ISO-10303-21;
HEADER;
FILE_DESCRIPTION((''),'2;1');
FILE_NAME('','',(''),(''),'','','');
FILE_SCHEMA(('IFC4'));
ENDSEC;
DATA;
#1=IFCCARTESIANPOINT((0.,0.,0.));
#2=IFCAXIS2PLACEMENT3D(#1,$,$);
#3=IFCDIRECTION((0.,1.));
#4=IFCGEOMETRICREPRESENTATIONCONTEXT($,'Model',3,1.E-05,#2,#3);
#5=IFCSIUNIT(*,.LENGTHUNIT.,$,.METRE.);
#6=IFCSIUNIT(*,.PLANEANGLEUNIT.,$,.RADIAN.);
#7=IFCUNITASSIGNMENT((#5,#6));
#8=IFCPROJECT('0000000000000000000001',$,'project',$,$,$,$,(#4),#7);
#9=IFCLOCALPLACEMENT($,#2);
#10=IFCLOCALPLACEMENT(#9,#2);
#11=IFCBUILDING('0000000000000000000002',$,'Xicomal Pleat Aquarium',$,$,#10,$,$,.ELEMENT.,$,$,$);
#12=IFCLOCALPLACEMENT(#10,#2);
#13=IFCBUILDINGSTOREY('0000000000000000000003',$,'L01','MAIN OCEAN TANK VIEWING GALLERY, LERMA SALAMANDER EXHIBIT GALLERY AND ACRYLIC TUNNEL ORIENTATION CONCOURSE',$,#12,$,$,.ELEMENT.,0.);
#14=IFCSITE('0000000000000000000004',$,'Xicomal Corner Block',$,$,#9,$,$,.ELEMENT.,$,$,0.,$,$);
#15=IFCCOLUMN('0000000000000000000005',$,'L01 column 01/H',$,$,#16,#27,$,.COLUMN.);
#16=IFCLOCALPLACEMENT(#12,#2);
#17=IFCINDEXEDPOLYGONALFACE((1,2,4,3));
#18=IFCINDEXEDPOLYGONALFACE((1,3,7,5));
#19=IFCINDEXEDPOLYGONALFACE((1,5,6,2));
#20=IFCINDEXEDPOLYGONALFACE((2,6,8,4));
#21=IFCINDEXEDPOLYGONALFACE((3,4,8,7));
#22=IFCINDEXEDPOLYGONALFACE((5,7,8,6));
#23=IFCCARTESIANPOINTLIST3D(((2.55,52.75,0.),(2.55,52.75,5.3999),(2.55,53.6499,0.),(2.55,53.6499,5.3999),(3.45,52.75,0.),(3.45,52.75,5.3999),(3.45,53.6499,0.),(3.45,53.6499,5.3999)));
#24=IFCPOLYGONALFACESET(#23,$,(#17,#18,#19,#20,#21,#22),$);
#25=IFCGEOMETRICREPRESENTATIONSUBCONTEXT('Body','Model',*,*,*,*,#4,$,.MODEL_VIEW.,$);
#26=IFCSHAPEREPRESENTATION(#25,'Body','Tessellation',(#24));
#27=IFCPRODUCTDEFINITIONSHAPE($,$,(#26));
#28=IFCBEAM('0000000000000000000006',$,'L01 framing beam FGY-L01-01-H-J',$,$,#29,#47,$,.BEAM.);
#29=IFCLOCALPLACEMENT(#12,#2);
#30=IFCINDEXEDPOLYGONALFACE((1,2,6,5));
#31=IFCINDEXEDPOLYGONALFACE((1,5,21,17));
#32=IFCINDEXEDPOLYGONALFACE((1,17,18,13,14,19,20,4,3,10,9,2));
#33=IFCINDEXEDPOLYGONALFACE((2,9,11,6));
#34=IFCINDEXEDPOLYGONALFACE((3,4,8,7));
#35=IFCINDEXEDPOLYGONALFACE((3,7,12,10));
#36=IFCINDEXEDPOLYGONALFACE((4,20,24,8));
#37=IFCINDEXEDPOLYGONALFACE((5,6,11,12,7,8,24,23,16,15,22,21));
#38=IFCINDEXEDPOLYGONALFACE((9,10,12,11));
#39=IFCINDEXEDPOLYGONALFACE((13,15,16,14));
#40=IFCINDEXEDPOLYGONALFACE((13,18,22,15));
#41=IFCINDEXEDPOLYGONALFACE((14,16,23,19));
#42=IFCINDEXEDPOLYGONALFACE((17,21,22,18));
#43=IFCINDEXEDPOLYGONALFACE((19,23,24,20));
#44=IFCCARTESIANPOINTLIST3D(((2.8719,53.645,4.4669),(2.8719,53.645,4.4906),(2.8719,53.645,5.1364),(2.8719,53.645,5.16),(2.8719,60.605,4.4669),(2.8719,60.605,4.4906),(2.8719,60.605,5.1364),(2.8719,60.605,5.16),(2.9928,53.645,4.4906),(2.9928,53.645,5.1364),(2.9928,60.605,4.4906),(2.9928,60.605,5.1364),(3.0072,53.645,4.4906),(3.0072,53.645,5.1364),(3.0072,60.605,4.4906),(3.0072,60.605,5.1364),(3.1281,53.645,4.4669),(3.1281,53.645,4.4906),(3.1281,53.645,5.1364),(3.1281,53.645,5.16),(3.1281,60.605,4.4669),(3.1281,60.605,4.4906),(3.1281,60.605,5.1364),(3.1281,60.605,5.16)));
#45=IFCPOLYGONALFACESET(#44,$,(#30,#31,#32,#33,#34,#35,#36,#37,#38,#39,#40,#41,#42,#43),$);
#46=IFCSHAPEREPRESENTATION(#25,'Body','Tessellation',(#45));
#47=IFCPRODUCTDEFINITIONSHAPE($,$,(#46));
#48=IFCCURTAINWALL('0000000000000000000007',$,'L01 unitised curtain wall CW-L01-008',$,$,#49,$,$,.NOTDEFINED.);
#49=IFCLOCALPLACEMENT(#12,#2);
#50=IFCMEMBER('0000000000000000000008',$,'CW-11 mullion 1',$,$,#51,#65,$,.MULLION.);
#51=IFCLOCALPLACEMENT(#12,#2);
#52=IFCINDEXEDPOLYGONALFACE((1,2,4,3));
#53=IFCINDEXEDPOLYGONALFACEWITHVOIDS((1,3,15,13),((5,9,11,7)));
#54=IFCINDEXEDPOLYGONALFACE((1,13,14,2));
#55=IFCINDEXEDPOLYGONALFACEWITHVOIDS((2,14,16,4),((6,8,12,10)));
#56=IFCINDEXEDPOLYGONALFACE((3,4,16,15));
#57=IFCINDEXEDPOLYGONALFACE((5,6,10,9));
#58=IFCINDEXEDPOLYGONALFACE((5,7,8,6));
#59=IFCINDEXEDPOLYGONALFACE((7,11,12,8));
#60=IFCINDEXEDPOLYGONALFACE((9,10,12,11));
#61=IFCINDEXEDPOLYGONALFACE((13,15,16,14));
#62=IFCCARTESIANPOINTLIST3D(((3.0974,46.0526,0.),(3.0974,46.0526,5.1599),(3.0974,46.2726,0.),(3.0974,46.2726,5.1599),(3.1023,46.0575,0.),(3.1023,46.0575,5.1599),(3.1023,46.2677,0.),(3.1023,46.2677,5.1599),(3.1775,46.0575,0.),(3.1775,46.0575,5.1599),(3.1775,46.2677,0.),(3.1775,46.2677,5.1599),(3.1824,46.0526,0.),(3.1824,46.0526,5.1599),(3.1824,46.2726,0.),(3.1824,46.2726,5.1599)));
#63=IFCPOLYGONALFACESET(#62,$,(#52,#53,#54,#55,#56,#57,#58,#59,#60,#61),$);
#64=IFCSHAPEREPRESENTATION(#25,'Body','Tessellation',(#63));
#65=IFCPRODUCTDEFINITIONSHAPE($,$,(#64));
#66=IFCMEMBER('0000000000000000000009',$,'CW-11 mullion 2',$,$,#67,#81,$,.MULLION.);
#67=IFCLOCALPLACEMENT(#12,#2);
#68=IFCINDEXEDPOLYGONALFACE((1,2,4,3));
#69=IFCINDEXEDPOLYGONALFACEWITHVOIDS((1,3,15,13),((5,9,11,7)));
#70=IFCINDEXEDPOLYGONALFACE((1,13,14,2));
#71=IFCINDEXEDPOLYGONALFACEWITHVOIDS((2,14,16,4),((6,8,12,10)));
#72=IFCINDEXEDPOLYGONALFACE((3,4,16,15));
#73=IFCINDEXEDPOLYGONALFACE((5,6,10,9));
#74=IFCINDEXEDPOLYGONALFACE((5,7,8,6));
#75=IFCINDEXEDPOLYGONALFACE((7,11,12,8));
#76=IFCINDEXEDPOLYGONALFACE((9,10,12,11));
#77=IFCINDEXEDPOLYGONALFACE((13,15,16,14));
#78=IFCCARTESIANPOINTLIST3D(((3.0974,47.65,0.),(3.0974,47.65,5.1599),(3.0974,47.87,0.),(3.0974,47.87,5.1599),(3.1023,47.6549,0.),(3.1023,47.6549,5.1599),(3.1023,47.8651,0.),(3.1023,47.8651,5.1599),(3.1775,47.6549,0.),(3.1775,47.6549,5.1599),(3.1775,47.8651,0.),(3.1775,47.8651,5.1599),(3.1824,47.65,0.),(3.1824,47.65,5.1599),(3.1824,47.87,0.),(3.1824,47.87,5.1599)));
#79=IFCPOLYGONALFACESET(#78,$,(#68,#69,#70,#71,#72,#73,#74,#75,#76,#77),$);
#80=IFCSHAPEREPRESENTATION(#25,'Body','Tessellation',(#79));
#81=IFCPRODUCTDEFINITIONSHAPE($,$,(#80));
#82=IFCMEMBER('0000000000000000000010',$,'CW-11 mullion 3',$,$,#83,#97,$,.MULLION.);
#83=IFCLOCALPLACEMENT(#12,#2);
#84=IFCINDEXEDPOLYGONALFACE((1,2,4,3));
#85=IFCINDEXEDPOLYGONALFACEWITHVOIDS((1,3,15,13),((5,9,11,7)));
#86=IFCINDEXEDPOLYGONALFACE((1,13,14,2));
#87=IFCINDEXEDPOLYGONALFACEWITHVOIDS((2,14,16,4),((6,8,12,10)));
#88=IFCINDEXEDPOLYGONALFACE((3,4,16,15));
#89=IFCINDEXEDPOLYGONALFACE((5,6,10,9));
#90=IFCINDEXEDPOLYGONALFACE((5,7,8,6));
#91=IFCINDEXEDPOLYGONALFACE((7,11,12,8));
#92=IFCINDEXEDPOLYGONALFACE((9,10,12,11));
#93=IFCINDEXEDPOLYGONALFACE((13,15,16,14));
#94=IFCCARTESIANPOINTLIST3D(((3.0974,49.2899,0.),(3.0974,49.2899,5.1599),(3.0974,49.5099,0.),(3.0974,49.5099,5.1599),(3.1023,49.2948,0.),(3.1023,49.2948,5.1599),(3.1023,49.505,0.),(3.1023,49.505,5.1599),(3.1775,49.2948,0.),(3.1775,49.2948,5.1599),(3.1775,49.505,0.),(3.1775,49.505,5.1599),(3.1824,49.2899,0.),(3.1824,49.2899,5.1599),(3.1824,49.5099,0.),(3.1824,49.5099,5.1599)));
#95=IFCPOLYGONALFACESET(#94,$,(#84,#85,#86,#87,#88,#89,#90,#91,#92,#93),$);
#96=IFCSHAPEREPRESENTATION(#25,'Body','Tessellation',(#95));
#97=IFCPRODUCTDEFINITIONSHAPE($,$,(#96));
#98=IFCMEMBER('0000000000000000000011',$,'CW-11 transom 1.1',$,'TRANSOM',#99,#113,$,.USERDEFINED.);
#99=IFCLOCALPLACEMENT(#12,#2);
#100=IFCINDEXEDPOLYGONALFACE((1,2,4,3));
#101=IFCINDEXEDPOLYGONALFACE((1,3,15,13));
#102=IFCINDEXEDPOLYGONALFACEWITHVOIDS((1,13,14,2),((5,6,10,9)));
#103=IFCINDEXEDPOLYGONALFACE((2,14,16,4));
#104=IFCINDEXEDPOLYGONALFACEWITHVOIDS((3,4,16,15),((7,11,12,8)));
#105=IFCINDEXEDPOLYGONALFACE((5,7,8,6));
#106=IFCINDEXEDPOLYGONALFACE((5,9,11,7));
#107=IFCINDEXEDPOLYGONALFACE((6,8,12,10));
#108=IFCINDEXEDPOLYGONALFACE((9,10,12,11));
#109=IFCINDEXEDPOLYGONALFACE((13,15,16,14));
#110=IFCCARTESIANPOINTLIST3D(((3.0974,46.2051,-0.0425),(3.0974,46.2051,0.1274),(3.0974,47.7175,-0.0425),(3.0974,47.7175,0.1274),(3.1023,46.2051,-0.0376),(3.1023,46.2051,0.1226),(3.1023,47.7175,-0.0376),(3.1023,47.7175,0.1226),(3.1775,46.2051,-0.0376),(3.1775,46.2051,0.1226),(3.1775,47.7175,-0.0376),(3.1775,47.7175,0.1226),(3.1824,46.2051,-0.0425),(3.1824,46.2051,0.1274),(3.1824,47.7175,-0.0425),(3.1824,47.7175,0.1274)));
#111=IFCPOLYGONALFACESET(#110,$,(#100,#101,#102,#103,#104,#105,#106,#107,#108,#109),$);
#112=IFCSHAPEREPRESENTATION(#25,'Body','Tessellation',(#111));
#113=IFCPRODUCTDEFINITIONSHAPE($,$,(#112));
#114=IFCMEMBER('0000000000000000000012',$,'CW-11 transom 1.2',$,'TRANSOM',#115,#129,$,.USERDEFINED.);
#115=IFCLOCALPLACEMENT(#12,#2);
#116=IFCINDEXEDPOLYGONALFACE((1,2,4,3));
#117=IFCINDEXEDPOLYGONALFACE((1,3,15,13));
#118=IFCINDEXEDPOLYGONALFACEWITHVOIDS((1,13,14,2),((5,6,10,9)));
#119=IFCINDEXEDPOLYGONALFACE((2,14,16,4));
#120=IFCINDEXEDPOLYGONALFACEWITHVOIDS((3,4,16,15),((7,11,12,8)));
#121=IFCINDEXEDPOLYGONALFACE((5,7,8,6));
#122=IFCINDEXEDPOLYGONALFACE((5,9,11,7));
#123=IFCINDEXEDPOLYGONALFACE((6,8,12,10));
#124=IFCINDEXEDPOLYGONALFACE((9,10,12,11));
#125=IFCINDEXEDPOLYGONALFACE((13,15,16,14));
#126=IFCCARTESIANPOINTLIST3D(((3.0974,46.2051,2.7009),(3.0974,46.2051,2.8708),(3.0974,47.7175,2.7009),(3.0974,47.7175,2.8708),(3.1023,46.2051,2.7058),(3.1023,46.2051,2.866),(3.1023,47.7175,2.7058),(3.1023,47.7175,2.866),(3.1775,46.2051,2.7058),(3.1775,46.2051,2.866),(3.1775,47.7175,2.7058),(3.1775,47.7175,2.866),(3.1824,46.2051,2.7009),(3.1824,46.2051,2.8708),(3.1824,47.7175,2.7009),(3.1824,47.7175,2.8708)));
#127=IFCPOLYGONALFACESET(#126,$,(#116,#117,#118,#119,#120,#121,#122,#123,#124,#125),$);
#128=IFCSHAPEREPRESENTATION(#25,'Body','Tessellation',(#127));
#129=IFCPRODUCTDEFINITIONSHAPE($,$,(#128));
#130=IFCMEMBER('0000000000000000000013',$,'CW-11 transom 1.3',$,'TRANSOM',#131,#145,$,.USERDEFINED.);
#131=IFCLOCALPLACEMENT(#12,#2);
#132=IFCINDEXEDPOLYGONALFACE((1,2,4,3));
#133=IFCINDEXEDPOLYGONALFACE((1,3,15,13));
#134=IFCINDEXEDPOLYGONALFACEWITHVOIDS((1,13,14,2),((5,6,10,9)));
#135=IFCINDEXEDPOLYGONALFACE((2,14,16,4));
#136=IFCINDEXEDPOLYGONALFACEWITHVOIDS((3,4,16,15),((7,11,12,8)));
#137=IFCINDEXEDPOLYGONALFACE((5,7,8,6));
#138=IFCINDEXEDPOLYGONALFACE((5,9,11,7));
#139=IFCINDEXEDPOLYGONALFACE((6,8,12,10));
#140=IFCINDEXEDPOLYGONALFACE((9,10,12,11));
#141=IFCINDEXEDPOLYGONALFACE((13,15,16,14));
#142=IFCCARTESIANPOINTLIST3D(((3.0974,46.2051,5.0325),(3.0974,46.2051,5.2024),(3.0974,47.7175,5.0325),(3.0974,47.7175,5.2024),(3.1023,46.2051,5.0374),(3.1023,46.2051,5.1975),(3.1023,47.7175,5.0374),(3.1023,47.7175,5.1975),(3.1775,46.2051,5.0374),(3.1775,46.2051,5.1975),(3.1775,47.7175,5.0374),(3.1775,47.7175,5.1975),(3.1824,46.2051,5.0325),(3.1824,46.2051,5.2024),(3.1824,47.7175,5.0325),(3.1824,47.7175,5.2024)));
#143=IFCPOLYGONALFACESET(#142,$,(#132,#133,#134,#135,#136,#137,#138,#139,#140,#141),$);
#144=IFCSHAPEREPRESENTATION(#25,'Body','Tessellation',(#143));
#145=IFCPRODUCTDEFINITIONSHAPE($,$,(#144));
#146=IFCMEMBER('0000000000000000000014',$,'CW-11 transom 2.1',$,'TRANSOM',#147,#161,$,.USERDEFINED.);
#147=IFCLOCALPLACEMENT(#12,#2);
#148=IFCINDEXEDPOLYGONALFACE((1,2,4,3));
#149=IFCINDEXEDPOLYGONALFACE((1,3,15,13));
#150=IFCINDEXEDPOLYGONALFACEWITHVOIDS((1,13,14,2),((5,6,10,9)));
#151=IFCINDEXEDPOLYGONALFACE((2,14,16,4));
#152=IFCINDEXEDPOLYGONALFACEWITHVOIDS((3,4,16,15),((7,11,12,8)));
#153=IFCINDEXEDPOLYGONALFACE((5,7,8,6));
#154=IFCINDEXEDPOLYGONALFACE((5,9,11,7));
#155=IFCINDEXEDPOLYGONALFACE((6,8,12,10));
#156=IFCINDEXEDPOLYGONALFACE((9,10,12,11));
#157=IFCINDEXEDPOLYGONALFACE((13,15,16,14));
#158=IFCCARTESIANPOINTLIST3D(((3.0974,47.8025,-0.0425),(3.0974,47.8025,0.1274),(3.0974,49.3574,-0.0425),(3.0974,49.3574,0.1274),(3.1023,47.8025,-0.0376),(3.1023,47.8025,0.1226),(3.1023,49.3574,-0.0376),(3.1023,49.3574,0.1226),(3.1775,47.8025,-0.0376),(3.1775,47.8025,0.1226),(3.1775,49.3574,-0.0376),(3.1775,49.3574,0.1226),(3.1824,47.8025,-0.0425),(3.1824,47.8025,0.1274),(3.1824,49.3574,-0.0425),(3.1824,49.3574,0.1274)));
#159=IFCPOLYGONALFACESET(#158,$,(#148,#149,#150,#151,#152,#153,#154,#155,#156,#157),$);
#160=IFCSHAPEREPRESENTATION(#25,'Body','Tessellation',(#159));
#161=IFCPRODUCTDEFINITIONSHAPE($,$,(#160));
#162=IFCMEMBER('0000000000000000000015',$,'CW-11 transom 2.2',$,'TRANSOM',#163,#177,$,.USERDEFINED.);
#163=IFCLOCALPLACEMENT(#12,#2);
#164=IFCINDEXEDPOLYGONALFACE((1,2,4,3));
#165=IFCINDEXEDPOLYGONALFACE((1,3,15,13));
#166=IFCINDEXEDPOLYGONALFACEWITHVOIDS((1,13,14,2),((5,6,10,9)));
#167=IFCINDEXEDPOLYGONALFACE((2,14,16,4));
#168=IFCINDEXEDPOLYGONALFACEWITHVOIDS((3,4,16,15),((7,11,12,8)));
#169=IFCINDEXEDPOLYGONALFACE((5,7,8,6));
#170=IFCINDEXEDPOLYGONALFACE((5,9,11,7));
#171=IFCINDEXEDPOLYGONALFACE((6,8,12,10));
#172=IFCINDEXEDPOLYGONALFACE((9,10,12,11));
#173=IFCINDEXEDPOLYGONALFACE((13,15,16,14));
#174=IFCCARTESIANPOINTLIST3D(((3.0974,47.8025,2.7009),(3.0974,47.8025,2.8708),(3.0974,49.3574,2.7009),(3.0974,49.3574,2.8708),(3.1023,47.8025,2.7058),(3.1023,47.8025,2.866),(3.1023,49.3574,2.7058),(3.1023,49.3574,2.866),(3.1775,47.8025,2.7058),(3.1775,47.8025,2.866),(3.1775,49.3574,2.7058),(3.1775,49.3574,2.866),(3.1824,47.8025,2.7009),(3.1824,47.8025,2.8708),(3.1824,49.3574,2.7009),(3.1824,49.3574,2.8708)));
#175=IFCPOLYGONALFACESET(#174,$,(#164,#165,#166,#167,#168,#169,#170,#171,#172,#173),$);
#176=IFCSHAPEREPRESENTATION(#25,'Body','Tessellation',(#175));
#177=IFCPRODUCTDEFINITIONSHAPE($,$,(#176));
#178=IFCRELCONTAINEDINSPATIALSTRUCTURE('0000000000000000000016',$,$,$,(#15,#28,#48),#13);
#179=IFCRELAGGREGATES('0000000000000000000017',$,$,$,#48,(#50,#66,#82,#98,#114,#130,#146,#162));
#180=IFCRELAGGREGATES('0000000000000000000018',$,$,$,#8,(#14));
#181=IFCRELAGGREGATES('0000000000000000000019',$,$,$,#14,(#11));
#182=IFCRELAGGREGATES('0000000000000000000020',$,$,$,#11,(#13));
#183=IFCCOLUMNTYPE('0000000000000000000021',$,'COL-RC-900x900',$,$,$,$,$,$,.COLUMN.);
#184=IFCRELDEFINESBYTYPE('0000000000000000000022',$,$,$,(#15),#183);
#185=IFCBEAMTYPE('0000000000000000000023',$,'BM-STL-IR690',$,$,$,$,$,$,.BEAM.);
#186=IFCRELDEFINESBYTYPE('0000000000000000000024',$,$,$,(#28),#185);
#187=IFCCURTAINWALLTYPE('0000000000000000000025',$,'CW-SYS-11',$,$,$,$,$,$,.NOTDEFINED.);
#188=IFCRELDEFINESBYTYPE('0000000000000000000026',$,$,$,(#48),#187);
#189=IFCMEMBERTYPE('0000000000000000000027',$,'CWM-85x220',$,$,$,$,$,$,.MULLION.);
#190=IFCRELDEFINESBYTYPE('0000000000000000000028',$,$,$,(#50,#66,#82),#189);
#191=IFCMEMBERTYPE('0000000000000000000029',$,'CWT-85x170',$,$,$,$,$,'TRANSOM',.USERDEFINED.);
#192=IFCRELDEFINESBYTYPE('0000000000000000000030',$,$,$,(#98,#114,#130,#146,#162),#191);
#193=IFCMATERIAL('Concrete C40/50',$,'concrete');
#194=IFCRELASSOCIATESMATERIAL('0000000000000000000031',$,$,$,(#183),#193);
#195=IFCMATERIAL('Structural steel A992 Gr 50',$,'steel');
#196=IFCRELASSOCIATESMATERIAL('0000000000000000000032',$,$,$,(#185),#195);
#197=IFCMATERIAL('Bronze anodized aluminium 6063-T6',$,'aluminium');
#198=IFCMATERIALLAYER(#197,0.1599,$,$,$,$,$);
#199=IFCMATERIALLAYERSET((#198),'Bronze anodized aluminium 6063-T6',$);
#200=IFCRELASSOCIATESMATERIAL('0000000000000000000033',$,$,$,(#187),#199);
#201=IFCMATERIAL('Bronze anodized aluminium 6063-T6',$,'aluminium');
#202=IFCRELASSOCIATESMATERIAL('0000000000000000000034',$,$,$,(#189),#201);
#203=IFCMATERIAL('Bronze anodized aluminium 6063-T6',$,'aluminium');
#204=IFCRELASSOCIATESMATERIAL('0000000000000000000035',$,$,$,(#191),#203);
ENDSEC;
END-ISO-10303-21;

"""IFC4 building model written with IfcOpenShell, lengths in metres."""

from ifc_helpers import new_model, si_unit, direction, frame, origin, origin_2d, place, context, subcontext, project, spatial, rectangle, hollow_rectangle, i_section, extrude, material, layer, layer_set, material_profile, profile_set, type_object, element, aggregate, save


model = new_model("IFC4")

# Units and contexts
model_context = context("Model", 3, precision=1e-05, world=origin(), true_north=direction((0.0, 1.0)))
body_context = subcontext(model_context, "Body", "Model", "MODEL_VIEW")
ifc_project = project(units=[si_unit("LENGTHUNIT", "METRE"), si_unit("PLANEANGLEUNIT", "RADIAN")], contexts=[model_context])

# Site, building, storey
site_placement = place(None, origin())
site = spatial("IfcSite", under=ifc_project, at=site_placement, Name="Xicomal Corner Block", CompositionType="ELEMENT", RefElevation=0.0)
building_placement = place(site_placement, origin())
building = spatial("IfcBuilding", under=site, at=building_placement, Name="Xicomal Pleat Aquarium", CompositionType="ELEMENT")
storey_placement = place(building_placement, origin())
storey = spatial("IfcBuildingStorey", under=building, at=storey_placement, Name="L01", Description="MAIN OCEAN TANK VIEWING GALLERY, LERMA SALAMANDER EXHIBIT GALLERY AND ACRYLIC TUNNEL ORIENTATION CONCOURSE", CompositionType="ELEMENT", Elevation=0.0)

# Column
ifc_material_1 = material(Name="Concrete C40/50", Category="concrete")
ifc_material_profile_1 = material_profile(ifc_material_1, rectangle(XDim=0.8999, YDim=0.8999, at=origin_2d()), Name="RC 900x900")
ifc_profile_set_1 = profile_set([ifc_material_profile_1], Name="Concrete C40/50")
column_type = type_object("IfcColumnType", Name="COL-RC-900x900", PredefinedType="COLUMN", material=ifc_profile_set_1)
column_placement = place(storey_placement, frame((3.0, 53.2, 0.0), z_axis=(0.0, 0.0, 1.0), x_axis=(1.0, 0.0, 0.0)))
element("IfcColumn", 1, at=column_placement, inside=storey, type_object=column_type, Name="L01 column 01/H", PredefinedType="COLUMN", context=body_context, shape_type="SweptSolid", body=[
    extrude(rectangle(XDim=0.8999, YDim=0.8999, at=origin_2d()), origin(), (0.0, 0.0, 1.0), 5.3999),
])

# Beam
ifc_material_2 = material(Name="Structural steel A992 Gr 50", Category="steel")
ifc_material_profile_2 = material_profile(ifc_material_2, i_section(OverallWidth=0.2561, OverallDepth=0.6931, WebThickness=0.0144, FlangeThickness=0.0237, at=origin_2d()), Name="IR 690x170")
ifc_profile_set_2 = profile_set([ifc_material_profile_2], Name="Structural steel A992 Gr 50")
beam_type = type_object("IfcBeamType", Name="BM-STL-IR690", PredefinedType="BEAM", material=ifc_profile_set_2)
beam_placement = place(storey_placement, frame((3.0, 53.645, 4.8135), z_axis=(0.0, 1.0, 0.0), x_axis=(-1.0, 0.0, 0.0)))
element("IfcBeam", 2, at=beam_placement, inside=storey, type_object=beam_type, Name="L01 framing beam FGY-L01-01-H-J", PredefinedType="BEAM", context=body_context, shape_type="SweptSolid", body=[
    extrude(i_section(OverallWidth=0.2561, OverallDepth=0.6931, WebThickness=0.0144, FlangeThickness=0.0237, at=origin_2d()), origin(), (0.0, 0.0, 1.0), 6.96),
])

# Curtain wall, members
ifc_material_3 = material(Name="Bronze anodized aluminium 6063-T6", Category="aluminium")
ifc_layer_1 = layer(ifc_material_3, 0.1599)
ifc_layer_set_1 = layer_set([ifc_layer_1], Name="Bronze anodized aluminium 6063-T6")
curtain_wall_type = type_object("IfcCurtainWallType", Name="CW-SYS-11", PredefinedType="NOTDEFINED", material=ifc_layer_set_1)
curtain_wall_placement = place(storey_placement, origin())
curtain_wall = element("IfcCurtainWall", 3, at=curtain_wall_placement, inside=storey, type_object=curtain_wall_type, Name="L01 unitised curtain wall CW-L01-008", PredefinedType="NOTDEFINED")
ifc_material_4 = material(Name="Bronze anodized aluminium 6063-T6", Category="aluminium")
ifc_material_profile_3 = material_profile(ifc_material_4, hollow_rectangle(XDim=0.085, YDim=0.22, WallThickness=0.0049, at=origin_2d()), Name="ALU MULL 85x220")
ifc_profile_set_3 = profile_set([ifc_material_profile_3], Name="Bronze anodized aluminium 6063-T6")
member_type_1 = type_object("IfcMemberType", Name="CWM-85x220", PredefinedType="MULLION", material=ifc_profile_set_3)
member_1_placement = place(storey_placement, frame((3.1399, 46.1626, 0.0), z_axis=(0.0, 0.0, 1.0), x_axis=(-1.0, 0.0, 0.0)))
member_1 = element("IfcMember", 4, at=member_1_placement, type_object=member_type_1, Name="CW-11 mullion 1", PredefinedType="MULLION", context=body_context, shape_type="SweptSolid", body=[
    extrude(hollow_rectangle(XDim=0.085, YDim=0.22, WallThickness=0.0049, at=origin_2d()), origin(), (0.0, 0.0, 1.0), 5.1599),
])
member_2_placement = place(storey_placement, frame((3.1399, 47.76, 0.0), z_axis=(0.0, 0.0, 1.0), x_axis=(-1.0, 0.0, 0.0)))
member_2 = element("IfcMember", 5, at=member_2_placement, type_object=member_type_1, Name="CW-11 mullion 2", PredefinedType="MULLION", context=body_context, shape_type="SweptSolid", body=[
    extrude(hollow_rectangle(XDim=0.085, YDim=0.22, WallThickness=0.0049, at=origin_2d()), origin(), (0.0, 0.0, 1.0), 5.1599),
])
member_3_placement = place(storey_placement, frame((3.1399, 49.3999, 0.0), z_axis=(0.0, 0.0, 1.0), x_axis=(-1.0, 0.0, 0.0)))
member_3 = element("IfcMember", 6, at=member_3_placement, type_object=member_type_1, Name="CW-11 mullion 3", PredefinedType="MULLION", context=body_context, shape_type="SweptSolid", body=[
    extrude(hollow_rectangle(XDim=0.085, YDim=0.22, WallThickness=0.0049, at=origin_2d()), origin(), (0.0, 0.0, 1.0), 5.1599),
])
ifc_material_5 = material(Name="Bronze anodized aluminium 6063-T6", Category="aluminium")
ifc_material_profile_4 = material_profile(ifc_material_5, hollow_rectangle(XDim=0.085, YDim=0.1699, WallThickness=0.0049, at=origin_2d()), Name="ALU TRAN 85x170")
ifc_profile_set_4 = profile_set([ifc_material_profile_4], Name="Bronze anodized aluminium 6063-T6")
member_type_2 = type_object("IfcMemberType", Name="CWT-85x170", ElementType="TRANSOM", PredefinedType="USERDEFINED", material=ifc_profile_set_4)
member_4_placement = place(storey_placement, frame((3.1399, 46.2051, 0.0425), z_axis=(0.0, 1.0, 0.0), x_axis=(-1.0, 0.0, 0.0)))
member_4 = element("IfcMember", 7, at=member_4_placement, type_object=member_type_2, Name="CW-11 transom 1.1", ObjectType="TRANSOM", PredefinedType="USERDEFINED", context=body_context, shape_type="SweptSolid", body=[
    extrude(hollow_rectangle(XDim=0.085, YDim=0.1699, WallThickness=0.0049, at=origin_2d()), origin(), (0.0, 0.0, 1.0), 1.5125),
])
member_5_placement = place(storey_placement, frame((3.1399, 46.2051, 2.7859), z_axis=(0.0, 1.0, 0.0), x_axis=(-1.0, 0.0, 0.0)))
member_5 = element("IfcMember", 8, at=member_5_placement, type_object=member_type_2, Name="CW-11 transom 1.2", ObjectType="TRANSOM", PredefinedType="USERDEFINED", context=body_context, shape_type="SweptSolid", body=[
    extrude(hollow_rectangle(XDim=0.085, YDim=0.1699, WallThickness=0.0049, at=origin_2d()), origin(), (0.0, 0.0, 1.0), 1.5125),
])
member_6_placement = place(storey_placement, frame((3.1399, 46.2051, 5.1174), z_axis=(0.0, 1.0, 0.0), x_axis=(-1.0, 0.0, 0.0)))
member_6 = element("IfcMember", 9, at=member_6_placement, type_object=member_type_2, Name="CW-11 transom 1.3", ObjectType="TRANSOM", PredefinedType="USERDEFINED", context=body_context, shape_type="SweptSolid", body=[
    extrude(hollow_rectangle(XDim=0.085, YDim=0.1699, WallThickness=0.0049, at=origin_2d()), origin(), (0.0, 0.0, 1.0), 1.5125),
])
member_7_placement = place(storey_placement, frame((3.1399, 47.8025, 0.0425), z_axis=(0.0, 1.0, 0.0), x_axis=(-1.0, 0.0, 0.0)))
member_7 = element("IfcMember", 10, at=member_7_placement, type_object=member_type_2, Name="CW-11 transom 2.1", ObjectType="TRANSOM", PredefinedType="USERDEFINED", context=body_context, shape_type="SweptSolid", body=[
    extrude(hollow_rectangle(XDim=0.085, YDim=0.1699, WallThickness=0.0049, at=origin_2d()), origin(), (0.0, 0.0, 1.0), 1.5549),
])
member_8_placement = place(storey_placement, frame((3.1399, 47.8025, 2.7859), z_axis=(0.0, 1.0, 0.0), x_axis=(-1.0, 0.0, 0.0)))
member_8 = element("IfcMember", 11, at=member_8_placement, type_object=member_type_2, Name="CW-11 transom 2.2", ObjectType="TRANSOM", PredefinedType="USERDEFINED", context=body_context, shape_type="SweptSolid", body=[
    extrude(hollow_rectangle(XDim=0.085, YDim=0.1699, WallThickness=0.0049, at=origin_2d()), origin(), (0.0, 0.0, 1.0), 1.5549),
])

aggregate(curtain_wall, [member_1, member_2, member_3, member_4, member_5, member_6, member_7, member_8])

save(model, "model.ifc")
